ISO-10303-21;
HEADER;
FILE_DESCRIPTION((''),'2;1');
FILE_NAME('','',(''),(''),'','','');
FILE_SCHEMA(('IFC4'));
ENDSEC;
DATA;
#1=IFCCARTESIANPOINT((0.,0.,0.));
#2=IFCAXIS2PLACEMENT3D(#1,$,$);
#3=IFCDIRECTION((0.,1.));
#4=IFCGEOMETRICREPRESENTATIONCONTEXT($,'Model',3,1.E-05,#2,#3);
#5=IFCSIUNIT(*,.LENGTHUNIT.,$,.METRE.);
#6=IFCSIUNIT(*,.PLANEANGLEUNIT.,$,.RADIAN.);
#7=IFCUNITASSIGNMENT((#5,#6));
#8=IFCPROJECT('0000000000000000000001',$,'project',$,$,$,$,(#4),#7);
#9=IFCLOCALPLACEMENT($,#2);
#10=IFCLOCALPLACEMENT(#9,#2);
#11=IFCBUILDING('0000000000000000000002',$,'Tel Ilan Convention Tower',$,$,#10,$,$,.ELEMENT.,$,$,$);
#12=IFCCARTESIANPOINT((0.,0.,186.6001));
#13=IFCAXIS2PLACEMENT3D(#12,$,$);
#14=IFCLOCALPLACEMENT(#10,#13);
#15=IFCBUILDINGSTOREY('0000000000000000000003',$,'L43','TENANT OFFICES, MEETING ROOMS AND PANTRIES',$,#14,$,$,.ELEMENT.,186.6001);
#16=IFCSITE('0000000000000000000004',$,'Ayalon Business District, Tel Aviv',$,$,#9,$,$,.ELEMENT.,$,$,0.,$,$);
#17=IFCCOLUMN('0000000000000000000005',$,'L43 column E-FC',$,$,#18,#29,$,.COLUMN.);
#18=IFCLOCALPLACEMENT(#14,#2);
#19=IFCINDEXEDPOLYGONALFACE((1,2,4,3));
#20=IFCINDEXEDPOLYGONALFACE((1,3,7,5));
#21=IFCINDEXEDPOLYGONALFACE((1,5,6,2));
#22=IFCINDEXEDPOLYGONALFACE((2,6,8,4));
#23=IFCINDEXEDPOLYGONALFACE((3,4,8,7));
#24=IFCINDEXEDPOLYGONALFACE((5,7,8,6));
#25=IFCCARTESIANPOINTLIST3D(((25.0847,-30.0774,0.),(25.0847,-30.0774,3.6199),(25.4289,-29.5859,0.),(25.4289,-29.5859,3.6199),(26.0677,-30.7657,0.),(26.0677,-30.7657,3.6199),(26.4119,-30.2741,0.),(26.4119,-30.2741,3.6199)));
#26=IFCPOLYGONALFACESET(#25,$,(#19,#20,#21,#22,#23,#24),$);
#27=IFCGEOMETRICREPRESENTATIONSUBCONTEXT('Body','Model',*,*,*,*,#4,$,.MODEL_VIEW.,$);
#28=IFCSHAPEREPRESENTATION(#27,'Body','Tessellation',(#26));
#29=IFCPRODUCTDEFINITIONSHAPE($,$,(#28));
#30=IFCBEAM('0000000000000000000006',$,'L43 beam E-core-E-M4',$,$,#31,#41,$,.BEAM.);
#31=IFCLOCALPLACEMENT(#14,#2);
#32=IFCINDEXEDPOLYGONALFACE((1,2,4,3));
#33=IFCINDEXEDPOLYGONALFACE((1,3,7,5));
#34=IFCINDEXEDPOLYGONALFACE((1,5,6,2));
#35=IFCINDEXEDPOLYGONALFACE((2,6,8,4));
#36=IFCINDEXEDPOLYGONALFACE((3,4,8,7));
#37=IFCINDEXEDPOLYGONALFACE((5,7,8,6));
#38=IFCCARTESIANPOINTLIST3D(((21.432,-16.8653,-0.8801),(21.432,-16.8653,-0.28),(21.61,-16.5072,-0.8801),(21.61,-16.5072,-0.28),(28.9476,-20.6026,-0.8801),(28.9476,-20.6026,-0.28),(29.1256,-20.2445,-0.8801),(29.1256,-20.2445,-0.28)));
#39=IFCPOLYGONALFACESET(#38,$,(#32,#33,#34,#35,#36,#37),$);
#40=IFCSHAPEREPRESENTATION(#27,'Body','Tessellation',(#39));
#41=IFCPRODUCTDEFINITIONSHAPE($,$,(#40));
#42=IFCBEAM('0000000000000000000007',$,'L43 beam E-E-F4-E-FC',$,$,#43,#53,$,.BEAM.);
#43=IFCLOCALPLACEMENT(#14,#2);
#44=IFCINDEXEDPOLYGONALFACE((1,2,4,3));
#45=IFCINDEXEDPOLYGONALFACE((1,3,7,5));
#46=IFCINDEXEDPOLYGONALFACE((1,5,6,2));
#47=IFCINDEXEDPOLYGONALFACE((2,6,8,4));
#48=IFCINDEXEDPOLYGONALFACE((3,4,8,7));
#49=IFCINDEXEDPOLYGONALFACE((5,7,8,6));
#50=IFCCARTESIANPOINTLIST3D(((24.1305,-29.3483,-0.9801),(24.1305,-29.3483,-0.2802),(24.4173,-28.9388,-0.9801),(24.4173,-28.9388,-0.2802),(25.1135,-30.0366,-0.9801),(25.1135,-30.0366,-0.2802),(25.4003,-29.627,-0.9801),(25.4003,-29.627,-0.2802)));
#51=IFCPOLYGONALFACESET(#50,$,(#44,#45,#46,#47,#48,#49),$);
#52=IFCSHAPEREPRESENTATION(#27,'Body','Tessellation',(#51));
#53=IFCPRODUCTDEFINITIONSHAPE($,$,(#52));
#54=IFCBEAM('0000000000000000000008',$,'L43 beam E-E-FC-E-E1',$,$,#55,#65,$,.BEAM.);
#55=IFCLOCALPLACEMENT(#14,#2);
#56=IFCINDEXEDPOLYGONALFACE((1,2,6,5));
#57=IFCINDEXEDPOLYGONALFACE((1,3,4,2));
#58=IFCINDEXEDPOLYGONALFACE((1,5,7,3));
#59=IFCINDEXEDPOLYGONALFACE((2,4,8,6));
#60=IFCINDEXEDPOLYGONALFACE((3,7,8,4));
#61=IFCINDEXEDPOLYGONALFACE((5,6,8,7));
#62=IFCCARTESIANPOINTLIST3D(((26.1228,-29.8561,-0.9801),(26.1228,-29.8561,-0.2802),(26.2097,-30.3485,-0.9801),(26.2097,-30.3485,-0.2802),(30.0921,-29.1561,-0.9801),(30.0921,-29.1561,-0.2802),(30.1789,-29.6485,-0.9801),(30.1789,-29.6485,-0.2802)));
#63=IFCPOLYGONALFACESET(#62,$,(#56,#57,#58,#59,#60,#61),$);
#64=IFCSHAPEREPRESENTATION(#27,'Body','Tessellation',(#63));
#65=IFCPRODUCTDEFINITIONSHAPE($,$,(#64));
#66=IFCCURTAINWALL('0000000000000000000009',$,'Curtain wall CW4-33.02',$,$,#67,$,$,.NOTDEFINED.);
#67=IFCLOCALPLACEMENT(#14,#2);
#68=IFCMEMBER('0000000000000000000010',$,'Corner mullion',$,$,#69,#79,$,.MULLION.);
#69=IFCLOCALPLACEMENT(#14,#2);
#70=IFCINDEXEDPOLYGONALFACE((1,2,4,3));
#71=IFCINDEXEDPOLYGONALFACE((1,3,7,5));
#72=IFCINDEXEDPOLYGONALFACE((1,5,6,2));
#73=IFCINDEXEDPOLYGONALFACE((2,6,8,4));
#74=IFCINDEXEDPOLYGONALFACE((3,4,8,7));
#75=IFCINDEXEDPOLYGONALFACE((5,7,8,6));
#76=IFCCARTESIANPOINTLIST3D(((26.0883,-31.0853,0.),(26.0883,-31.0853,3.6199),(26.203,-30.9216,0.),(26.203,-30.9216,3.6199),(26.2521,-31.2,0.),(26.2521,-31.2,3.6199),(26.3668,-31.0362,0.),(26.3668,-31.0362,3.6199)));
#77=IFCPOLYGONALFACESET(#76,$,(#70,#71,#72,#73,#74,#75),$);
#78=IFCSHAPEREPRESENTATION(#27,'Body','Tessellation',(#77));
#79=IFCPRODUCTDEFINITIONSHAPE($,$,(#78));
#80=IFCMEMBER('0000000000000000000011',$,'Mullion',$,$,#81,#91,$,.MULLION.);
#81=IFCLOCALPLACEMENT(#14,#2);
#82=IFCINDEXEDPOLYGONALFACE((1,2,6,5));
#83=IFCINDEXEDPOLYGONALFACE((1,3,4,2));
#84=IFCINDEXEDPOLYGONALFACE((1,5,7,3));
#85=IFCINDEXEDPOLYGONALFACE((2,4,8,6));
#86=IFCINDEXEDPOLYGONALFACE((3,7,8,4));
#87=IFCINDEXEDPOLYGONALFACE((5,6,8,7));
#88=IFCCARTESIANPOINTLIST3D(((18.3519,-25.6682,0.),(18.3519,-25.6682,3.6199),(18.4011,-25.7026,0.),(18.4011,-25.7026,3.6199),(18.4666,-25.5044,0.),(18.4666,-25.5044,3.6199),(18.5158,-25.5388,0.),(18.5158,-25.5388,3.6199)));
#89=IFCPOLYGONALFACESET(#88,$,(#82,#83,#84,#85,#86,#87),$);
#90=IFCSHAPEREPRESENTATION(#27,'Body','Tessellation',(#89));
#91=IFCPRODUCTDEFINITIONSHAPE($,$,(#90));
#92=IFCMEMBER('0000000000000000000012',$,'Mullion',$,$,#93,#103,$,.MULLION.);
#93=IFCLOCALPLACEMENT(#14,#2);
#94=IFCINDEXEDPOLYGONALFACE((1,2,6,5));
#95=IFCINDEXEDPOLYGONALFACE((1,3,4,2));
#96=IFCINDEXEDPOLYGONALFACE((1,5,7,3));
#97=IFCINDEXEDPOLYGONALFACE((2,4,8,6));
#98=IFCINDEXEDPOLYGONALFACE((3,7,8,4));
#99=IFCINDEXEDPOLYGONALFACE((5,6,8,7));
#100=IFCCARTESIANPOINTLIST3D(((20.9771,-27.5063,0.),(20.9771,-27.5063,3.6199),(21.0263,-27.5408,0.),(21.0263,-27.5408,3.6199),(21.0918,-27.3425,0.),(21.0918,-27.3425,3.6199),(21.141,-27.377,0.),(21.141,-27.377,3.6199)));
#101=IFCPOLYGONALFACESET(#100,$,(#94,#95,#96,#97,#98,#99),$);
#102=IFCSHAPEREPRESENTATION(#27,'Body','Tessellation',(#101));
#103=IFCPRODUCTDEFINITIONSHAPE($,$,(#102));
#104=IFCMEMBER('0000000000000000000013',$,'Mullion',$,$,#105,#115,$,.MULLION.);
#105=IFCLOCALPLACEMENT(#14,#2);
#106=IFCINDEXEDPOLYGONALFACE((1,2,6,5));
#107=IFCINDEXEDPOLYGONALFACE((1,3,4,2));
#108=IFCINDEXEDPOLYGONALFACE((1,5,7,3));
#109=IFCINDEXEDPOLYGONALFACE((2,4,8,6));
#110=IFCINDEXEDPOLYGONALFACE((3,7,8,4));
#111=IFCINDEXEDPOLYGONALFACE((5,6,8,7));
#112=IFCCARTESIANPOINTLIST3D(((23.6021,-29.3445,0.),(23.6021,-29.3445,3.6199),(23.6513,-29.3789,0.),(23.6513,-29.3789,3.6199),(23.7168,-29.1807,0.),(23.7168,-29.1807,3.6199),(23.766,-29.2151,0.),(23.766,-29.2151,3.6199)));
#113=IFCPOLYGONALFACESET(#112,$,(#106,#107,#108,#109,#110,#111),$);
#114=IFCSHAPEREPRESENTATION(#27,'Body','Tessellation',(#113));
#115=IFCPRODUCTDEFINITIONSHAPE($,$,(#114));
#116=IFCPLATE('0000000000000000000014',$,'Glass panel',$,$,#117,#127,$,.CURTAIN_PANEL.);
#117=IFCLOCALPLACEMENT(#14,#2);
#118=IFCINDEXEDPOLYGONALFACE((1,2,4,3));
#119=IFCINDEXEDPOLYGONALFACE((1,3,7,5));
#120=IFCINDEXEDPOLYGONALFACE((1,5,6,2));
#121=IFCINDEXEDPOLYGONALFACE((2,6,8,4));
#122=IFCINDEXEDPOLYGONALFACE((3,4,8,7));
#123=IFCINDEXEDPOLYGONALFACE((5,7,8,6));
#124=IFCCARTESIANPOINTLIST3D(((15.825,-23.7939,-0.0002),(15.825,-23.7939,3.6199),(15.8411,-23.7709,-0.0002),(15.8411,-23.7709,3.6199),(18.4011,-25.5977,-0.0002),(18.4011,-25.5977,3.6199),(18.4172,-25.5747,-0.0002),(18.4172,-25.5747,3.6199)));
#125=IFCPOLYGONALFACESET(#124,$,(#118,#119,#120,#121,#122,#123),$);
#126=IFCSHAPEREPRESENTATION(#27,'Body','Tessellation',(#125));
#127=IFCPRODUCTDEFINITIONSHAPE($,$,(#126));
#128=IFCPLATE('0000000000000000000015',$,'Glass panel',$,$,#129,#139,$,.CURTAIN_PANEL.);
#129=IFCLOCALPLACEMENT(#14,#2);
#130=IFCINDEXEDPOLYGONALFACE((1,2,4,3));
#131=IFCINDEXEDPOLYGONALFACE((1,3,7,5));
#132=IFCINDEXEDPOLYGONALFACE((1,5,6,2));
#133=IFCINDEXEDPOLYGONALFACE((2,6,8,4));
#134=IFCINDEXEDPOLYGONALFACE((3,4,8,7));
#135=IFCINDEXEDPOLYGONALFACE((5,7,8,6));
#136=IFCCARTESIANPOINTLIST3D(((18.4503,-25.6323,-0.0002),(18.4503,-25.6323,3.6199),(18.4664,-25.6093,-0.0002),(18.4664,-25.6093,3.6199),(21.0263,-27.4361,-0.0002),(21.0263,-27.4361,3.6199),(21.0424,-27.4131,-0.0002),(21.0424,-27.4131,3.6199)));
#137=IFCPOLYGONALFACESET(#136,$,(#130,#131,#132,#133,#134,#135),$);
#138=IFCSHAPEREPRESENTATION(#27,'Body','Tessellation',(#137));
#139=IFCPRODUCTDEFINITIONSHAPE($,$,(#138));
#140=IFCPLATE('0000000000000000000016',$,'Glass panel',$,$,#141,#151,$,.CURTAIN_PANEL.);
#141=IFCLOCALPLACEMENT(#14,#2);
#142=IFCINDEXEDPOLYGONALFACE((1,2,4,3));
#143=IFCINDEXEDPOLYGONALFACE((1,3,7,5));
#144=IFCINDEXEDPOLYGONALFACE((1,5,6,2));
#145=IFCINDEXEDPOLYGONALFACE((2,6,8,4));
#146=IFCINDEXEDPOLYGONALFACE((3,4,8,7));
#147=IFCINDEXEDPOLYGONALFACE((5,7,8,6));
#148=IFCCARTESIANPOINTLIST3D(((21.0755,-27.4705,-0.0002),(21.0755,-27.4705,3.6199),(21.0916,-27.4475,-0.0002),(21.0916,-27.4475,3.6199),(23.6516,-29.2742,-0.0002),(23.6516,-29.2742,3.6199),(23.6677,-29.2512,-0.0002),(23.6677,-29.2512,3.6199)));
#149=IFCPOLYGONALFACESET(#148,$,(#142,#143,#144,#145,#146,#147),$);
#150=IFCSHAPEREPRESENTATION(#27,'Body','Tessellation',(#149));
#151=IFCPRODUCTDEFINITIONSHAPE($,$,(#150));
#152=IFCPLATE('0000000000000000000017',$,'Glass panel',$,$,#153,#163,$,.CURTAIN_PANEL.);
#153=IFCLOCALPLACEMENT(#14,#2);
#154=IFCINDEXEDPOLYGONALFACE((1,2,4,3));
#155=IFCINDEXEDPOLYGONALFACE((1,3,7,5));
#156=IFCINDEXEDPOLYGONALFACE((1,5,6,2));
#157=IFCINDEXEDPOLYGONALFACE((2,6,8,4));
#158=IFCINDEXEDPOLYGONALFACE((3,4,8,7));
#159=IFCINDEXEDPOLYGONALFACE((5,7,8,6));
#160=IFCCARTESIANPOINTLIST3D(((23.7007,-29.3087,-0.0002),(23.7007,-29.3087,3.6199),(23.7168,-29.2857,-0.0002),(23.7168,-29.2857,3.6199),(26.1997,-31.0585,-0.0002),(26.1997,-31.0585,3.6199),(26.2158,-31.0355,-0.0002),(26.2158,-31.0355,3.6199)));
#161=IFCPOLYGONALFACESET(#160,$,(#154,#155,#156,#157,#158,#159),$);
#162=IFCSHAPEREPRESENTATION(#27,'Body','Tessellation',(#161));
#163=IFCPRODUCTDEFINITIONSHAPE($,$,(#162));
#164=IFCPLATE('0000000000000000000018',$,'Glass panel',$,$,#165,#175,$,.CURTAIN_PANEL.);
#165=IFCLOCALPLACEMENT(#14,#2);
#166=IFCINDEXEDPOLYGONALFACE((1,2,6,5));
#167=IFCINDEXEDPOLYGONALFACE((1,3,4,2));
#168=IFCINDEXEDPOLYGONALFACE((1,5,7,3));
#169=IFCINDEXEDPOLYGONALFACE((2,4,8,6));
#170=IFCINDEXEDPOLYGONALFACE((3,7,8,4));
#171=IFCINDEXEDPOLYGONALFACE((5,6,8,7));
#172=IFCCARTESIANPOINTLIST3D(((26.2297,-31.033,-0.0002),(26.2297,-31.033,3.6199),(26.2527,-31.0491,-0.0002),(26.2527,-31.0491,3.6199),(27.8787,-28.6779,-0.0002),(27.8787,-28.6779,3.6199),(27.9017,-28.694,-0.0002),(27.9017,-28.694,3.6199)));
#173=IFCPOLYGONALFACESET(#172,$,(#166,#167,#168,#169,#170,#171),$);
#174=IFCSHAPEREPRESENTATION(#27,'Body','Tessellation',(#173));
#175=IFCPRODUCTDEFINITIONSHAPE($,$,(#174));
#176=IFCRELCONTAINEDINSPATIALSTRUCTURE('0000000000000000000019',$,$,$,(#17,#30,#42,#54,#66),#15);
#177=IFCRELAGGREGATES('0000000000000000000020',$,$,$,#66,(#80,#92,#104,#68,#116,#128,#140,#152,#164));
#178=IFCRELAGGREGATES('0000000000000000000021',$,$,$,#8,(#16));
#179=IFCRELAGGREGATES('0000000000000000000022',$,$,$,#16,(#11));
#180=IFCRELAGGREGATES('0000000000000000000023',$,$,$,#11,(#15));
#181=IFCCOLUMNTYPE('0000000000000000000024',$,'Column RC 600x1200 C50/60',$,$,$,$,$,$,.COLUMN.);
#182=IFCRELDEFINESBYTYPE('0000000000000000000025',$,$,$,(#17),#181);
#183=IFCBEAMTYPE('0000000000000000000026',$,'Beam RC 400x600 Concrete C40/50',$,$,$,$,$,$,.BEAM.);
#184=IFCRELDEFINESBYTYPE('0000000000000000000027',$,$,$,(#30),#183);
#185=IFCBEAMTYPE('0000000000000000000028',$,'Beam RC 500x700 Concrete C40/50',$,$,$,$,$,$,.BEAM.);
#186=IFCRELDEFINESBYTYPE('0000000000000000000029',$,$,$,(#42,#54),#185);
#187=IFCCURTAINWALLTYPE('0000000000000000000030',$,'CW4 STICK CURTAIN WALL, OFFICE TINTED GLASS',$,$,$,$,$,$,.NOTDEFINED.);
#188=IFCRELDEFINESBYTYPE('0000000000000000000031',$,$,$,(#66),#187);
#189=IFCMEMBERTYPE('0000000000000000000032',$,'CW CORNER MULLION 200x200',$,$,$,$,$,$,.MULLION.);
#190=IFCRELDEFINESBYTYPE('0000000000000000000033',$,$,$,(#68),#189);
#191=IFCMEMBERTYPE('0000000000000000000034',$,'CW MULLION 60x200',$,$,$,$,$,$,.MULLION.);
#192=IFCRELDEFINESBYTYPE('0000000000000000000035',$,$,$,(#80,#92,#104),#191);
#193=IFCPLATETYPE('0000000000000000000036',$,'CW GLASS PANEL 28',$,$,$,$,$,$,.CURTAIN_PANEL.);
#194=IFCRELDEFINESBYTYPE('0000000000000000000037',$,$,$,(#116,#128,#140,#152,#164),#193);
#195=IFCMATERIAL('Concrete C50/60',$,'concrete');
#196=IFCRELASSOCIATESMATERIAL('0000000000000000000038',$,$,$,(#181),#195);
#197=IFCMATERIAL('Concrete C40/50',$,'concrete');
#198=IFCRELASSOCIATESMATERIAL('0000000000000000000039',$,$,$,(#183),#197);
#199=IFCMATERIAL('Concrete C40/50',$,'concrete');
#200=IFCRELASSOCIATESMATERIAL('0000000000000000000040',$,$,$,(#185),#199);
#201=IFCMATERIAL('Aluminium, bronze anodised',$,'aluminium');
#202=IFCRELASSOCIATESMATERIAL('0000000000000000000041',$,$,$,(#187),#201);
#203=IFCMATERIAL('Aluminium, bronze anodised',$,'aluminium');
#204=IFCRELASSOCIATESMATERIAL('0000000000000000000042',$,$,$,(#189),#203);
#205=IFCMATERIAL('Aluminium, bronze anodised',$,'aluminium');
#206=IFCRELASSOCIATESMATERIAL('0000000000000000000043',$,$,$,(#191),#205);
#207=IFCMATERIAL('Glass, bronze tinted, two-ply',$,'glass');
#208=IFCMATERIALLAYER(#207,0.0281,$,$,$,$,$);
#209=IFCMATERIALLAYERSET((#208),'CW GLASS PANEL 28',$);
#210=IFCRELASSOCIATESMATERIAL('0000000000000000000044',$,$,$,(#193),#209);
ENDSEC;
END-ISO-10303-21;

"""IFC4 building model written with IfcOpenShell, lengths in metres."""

from ifc_helpers import new_model, si_unit, direction, frame, origin, origin_2d, place, context, subcontext, project, spatial, rectangle, extrude, material, layer, layer_set, material_profile, profile_set, type_object, element, aggregate, save


model = new_model("IFC4")

# Units and contexts
model_context = context("Model", 3, precision=1e-05, world=origin(), true_north=direction((0.0, 1.0)))
body_context = subcontext(model_context, "Body", "Model", "MODEL_VIEW")
ifc_project = project(units=[si_unit("LENGTHUNIT", "METRE"), si_unit("PLANEANGLEUNIT", "RADIAN")], contexts=[model_context])

# Site, building, storey
site_placement = place(None, origin())
site = spatial("IfcSite", under=ifc_project, at=site_placement, Name="Ayalon Business District, Tel Aviv", CompositionType="ELEMENT", RefElevation=0.0)
building_placement = place(site_placement, origin())
building = spatial("IfcBuilding", under=site, at=building_placement, Name="Tel Ilan Convention Tower", CompositionType="ELEMENT")
storey_placement = place(building_placement, frame((0.0, 0.0, 186.6001)))
storey = spatial("IfcBuildingStorey", under=building, at=storey_placement, Name="L43", Description="TENANT OFFICES, MEETING ROOMS AND PANTRIES", CompositionType="ELEMENT", Elevation=186.6001)

# Column
ifc_material_1 = material(Name="Concrete C50/60", Category="concrete")
ifc_material_profile_1 = material_profile(ifc_material_1, rectangle(XDim=1.2, YDim=0.6001, at=origin_2d()), Name="RC 600x1200")
ifc_profile_set_1 = profile_set([ifc_material_profile_1], Name="Concrete C50/60")
column_type = type_object("IfcColumnType", Name="Column RC 600x1200 C50/60", PredefinedType="COLUMN", material=ifc_profile_set_1)
column_1_placement = place(storey_placement, frame((25.7483, -30.1758, 0.0), z_axis=(0.0, 0.0, 1.0), x_axis=(0.819152, -0.573576, 0.0)))
element("IfcColumn", 1, at=column_1_placement, inside=storey, type_object=column_type, Name="L43 column E-FC", PredefinedType="COLUMN", context=body_context, shape_type="SweptSolid", body=[
    extrude(rectangle(XDim=1.2, YDim=0.6001, at=origin_2d()), origin(), (0.0, 0.0, 1.0), 3.6199),
])

# Beams
ifc_material_2 = material(Name="Concrete C40/50", Category="concrete")
ifc_material_profile_2 = material_profile(ifc_material_2, rectangle(XDim=0.3999, YDim=0.6001, at=origin_2d()), Name="RC 400x600")
ifc_profile_set_2 = profile_set([ifc_material_profile_2], Name="Concrete C40/50")
beam_type_1 = type_object("IfcBeamType", Name="Beam RC 400x600 Concrete C40/50", PredefinedType="BEAM", material=ifc_profile_set_2)
beam_1_placement = place(storey_placement, frame((21.521, -16.6863, -0.5801), z_axis=(0.895402, -0.445258, 0.0), x_axis=(0.445258, 0.895402, 0.0)))
element("IfcBeam", 2, at=beam_1_placement, inside=storey, type_object=beam_type_1, Name="L43 beam E-core-E-M4", PredefinedType="BEAM", context=body_context, shape_type="SweptSolid", body=[
    extrude(rectangle(XDim=0.3999, YDim=0.6001, at=origin_2d()), origin(), (0.0, 0.0, 1.0), 8.3936),
])
ifc_material_3 = material(Name="Concrete C40/50", Category="concrete")
ifc_material_profile_3 = material_profile(ifc_material_3, rectangle(XDim=0.5, YDim=0.7, at=origin_2d()), Name="RC 500x700")
ifc_profile_set_3 = profile_set([ifc_material_profile_3], Name="Concrete C40/50")
beam_type_2 = type_object("IfcBeamType", Name="Beam RC 500x700 Concrete C40/50", PredefinedType="BEAM", material=ifc_profile_set_3)
beam_2_placement = place(storey_placement, frame((24.2739, -29.1436, -0.6301), z_axis=(0.819155, -0.573572, 0.0), x_axis=(0.573572, 0.819155, 0.0)))
element("IfcBeam", 3, at=beam_2_placement, inside=storey, type_object=beam_type_2, Name="L43 beam E-E-F4-E-FC", PredefinedType="BEAM", context=body_context, shape_type="SweptSolid", body=[
    extrude(rectangle(XDim=0.5, YDim=0.7, at=origin_2d()), origin(), (0.0, 0.0, 1.0), 1.2),
])
beam_3_placement = place(storey_placement, frame((26.1663, -30.1023, -0.6301), z_axis=(0.984805, 0.173664, 0.0), x_axis=(-0.173664, 0.984805, 0.0)))
element("IfcBeam", 4, at=beam_3_placement, inside=storey, type_object=beam_type_2, Name="L43 beam E-E-FC-E-E1", PredefinedType="BEAM", context=body_context, shape_type="SweptSolid", body=[
    extrude(rectangle(XDim=0.5, YDim=0.7, at=origin_2d()), origin(), (0.0, 0.0, 1.0), 4.0305),
])

# Curtain wall, members, plates
ifc_material_4 = material(Name="Aluminium, bronze anodised", Category="aluminium")
curtain_wall_type = type_object("IfcCurtainWallType", Name="CW4 STICK CURTAIN WALL, OFFICE TINTED GLASS", PredefinedType="NOTDEFINED", material=ifc_material_4)
curtain_wall_placement = place(storey_placement, origin())
curtain_wall = element("IfcCurtainWall", 5, at=curtain_wall_placement, inside=storey, type_object=curtain_wall_type, Name="Curtain wall CW4-33.02", PredefinedType="NOTDEFINED")
ifc_material_5 = material(Name="Aluminium, bronze anodised", Category="aluminium")
ifc_material_profile_4 = material_profile(ifc_material_5, rectangle(XDim=0.2, YDim=0.2, at=origin_2d()), Name="CW CORNER MULLION 200x200")
ifc_profile_set_4 = profile_set([ifc_material_profile_4], Name="Aluminium, bronze anodised")
member_type_1 = type_object("IfcMemberType", Name="CW CORNER MULLION 200x200", PredefinedType="MULLION", material=ifc_profile_set_4)
member_1_placement = place(storey_placement, frame((26.2275, -31.0608, 0.0), z_axis=(0.0, 0.0, 1.0), x_axis=(0.819152, -0.573576, 0.0)))
member_1 = element("IfcMember", 6, at=member_1_placement, type_object=member_type_1, Name="Corner mullion", PredefinedType="MULLION", context=body_context, shape_type="SweptSolid", body=[
    extrude(rectangle(XDim=0.2, YDim=0.2, at=origin_2d()), origin(), (0.0, 0.0, 1.0), 3.6199),
])
ifc_material_6 = material(Name="Aluminium, bronze anodised", Category="aluminium")
ifc_material_profile_5 = material_profile(ifc_material_6, rectangle(XDim=0.0601, YDim=0.2, at=origin_2d()), Name="CW MULLION 60x200")
ifc_profile_set_5 = profile_set([ifc_material_profile_5], Name="Aluminium, bronze anodised")
member_type_2 = type_object("IfcMemberType", Name="CW MULLION 60x200", PredefinedType="MULLION", material=ifc_profile_set_5)
member_2_placement = place(storey_placement, frame((18.4338, -25.6035, 0.0), z_axis=(0.0, 0.0, 1.0), x_axis=(0.819152, -0.573576, 0.0)))
member_2 = element("IfcMember", 7, at=member_2_placement, type_object=member_type_2, Name="Mullion", PredefinedType="MULLION", context=body_context, shape_type="SweptSolid", body=[
    extrude(rectangle(XDim=0.0601, YDim=0.2, at=origin_2d()), origin(), (0.0, 0.0, 1.0), 3.6199),
])
member_3_placement = place(storey_placement, frame((21.0591, -27.4417, 0.0), z_axis=(0.0, 0.0, 1.0), x_axis=(0.819152, -0.573576, 0.0)))
member_3 = element("IfcMember", 8, at=member_3_placement, type_object=member_type_2, Name="Mullion", PredefinedType="MULLION", context=body_context, shape_type="SweptSolid", body=[
    extrude(rectangle(XDim=0.0601, YDim=0.2, at=origin_2d()), origin(), (0.0, 0.0, 1.0), 3.6199),
])
member_4_placement = place(storey_placement, frame((23.6841, -29.2798, 0.0), z_axis=(0.0, 0.0, 1.0), x_axis=(0.819152, -0.573576, 0.0)))
member_4 = element("IfcMember", 9, at=member_4_placement, type_object=member_type_2, Name="Mullion", PredefinedType="MULLION", context=body_context, shape_type="SweptSolid", body=[
    extrude(rectangle(XDim=0.0601, YDim=0.2, at=origin_2d()), origin(), (0.0, 0.0, 1.0), 3.6199),
])
ifc_material_7 = material(Name="Glass, bronze tinted, two-ply", Category="glass")
ifc_layer_1 = layer(ifc_material_7, 0.0281)
ifc_layer_set_1 = layer_set([ifc_layer_1], Name="CW GLASS PANEL 28")
plate_type = type_object("IfcPlateType", Name="CW GLASS PANEL 28", PredefinedType="CURTAIN_PANEL", material=ifc_layer_set_1)
plate_1_placement = place(storey_placement, frame((17.1211, -24.6843, -0.0002), z_axis=(0.0, 0.0, 1.0), x_axis=(0.819152, -0.573576, 0.0)))
plate_1 = element("IfcPlate", 10, at=plate_1_placement, type_object=plate_type, Name="Glass panel", PredefinedType="CURTAIN_PANEL", context=body_context, shape_type="SweptSolid", body=[
    extrude(rectangle(XDim=3.1448, YDim=0.0281, at=origin_2d()), origin(), (0.0, 0.0, 1.0), 3.6201),
])
plate_2_placement = place(storey_placement, frame((19.7463, -26.5227, -0.0002), z_axis=(0.0, 0.0, 1.0), x_axis=(0.819152, -0.573576, 0.0)))
plate_2 = element("IfcPlate", 11, at=plate_2_placement, type_object=plate_type, Name="Glass panel", PredefinedType="CURTAIN_PANEL", context=body_context, shape_type="SweptSolid", body=[
    extrude(rectangle(XDim=3.1448, YDim=0.0281, at=origin_2d()), origin(), (0.0, 0.0, 1.0), 3.6201),
])
plate_3_placement = place(storey_placement, frame((22.3716, -28.3608, -0.0002), z_axis=(0.0, 0.0, 1.0), x_axis=(0.819152, -0.573576, 0.0)))
plate_3 = element("IfcPlate", 12, at=plate_3_placement, type_object=plate_type, Name="Glass panel", PredefinedType="CURTAIN_PANEL", context=body_context, shape_type="SweptSolid", body=[
    extrude(rectangle(XDim=3.1448, YDim=0.0281, at=origin_2d()), origin(), (0.0, 0.0, 1.0), 3.6201),
])
plate_4_placement = place(storey_placement, frame((24.9583, -30.1721, -0.0002), z_axis=(0.0, 0.0, 1.0), x_axis=(0.819152, -0.573576, 0.0)))
plate_4 = element("IfcPlate", 13, at=plate_4_placement, type_object=plate_type, Name="Glass panel", PredefinedType="CURTAIN_PANEL", context=body_context, shape_type="SweptSolid", body=[
    extrude(rectangle(XDim=3.0508, YDim=0.0281, at=origin_2d()), origin(), (0.0, 0.0, 1.0), 3.6201),
])
plate_5_placement = place(storey_placement, frame((27.0657, -29.8635, -0.0002), z_axis=(0.0, 0.0, 1.0), x_axis=(0.573576, 0.819152, 0.0)))
plate_5 = element("IfcPlate", 14, at=plate_5_placement, type_object=plate_type, Name="Glass panel", PredefinedType="CURTAIN_PANEL", context=body_context, shape_type="SweptSolid", body=[
    extrude(rectangle(XDim=2.875, YDim=0.0281, at=origin_2d()), origin(), (0.0, 0.0, 1.0), 3.6201),
])
aggregate(curtain_wall, [member_2, member_3, member_4, member_1, plate_1, plate_2, plate_3, plate_4, plate_5])

save(model, "model.ifc")
